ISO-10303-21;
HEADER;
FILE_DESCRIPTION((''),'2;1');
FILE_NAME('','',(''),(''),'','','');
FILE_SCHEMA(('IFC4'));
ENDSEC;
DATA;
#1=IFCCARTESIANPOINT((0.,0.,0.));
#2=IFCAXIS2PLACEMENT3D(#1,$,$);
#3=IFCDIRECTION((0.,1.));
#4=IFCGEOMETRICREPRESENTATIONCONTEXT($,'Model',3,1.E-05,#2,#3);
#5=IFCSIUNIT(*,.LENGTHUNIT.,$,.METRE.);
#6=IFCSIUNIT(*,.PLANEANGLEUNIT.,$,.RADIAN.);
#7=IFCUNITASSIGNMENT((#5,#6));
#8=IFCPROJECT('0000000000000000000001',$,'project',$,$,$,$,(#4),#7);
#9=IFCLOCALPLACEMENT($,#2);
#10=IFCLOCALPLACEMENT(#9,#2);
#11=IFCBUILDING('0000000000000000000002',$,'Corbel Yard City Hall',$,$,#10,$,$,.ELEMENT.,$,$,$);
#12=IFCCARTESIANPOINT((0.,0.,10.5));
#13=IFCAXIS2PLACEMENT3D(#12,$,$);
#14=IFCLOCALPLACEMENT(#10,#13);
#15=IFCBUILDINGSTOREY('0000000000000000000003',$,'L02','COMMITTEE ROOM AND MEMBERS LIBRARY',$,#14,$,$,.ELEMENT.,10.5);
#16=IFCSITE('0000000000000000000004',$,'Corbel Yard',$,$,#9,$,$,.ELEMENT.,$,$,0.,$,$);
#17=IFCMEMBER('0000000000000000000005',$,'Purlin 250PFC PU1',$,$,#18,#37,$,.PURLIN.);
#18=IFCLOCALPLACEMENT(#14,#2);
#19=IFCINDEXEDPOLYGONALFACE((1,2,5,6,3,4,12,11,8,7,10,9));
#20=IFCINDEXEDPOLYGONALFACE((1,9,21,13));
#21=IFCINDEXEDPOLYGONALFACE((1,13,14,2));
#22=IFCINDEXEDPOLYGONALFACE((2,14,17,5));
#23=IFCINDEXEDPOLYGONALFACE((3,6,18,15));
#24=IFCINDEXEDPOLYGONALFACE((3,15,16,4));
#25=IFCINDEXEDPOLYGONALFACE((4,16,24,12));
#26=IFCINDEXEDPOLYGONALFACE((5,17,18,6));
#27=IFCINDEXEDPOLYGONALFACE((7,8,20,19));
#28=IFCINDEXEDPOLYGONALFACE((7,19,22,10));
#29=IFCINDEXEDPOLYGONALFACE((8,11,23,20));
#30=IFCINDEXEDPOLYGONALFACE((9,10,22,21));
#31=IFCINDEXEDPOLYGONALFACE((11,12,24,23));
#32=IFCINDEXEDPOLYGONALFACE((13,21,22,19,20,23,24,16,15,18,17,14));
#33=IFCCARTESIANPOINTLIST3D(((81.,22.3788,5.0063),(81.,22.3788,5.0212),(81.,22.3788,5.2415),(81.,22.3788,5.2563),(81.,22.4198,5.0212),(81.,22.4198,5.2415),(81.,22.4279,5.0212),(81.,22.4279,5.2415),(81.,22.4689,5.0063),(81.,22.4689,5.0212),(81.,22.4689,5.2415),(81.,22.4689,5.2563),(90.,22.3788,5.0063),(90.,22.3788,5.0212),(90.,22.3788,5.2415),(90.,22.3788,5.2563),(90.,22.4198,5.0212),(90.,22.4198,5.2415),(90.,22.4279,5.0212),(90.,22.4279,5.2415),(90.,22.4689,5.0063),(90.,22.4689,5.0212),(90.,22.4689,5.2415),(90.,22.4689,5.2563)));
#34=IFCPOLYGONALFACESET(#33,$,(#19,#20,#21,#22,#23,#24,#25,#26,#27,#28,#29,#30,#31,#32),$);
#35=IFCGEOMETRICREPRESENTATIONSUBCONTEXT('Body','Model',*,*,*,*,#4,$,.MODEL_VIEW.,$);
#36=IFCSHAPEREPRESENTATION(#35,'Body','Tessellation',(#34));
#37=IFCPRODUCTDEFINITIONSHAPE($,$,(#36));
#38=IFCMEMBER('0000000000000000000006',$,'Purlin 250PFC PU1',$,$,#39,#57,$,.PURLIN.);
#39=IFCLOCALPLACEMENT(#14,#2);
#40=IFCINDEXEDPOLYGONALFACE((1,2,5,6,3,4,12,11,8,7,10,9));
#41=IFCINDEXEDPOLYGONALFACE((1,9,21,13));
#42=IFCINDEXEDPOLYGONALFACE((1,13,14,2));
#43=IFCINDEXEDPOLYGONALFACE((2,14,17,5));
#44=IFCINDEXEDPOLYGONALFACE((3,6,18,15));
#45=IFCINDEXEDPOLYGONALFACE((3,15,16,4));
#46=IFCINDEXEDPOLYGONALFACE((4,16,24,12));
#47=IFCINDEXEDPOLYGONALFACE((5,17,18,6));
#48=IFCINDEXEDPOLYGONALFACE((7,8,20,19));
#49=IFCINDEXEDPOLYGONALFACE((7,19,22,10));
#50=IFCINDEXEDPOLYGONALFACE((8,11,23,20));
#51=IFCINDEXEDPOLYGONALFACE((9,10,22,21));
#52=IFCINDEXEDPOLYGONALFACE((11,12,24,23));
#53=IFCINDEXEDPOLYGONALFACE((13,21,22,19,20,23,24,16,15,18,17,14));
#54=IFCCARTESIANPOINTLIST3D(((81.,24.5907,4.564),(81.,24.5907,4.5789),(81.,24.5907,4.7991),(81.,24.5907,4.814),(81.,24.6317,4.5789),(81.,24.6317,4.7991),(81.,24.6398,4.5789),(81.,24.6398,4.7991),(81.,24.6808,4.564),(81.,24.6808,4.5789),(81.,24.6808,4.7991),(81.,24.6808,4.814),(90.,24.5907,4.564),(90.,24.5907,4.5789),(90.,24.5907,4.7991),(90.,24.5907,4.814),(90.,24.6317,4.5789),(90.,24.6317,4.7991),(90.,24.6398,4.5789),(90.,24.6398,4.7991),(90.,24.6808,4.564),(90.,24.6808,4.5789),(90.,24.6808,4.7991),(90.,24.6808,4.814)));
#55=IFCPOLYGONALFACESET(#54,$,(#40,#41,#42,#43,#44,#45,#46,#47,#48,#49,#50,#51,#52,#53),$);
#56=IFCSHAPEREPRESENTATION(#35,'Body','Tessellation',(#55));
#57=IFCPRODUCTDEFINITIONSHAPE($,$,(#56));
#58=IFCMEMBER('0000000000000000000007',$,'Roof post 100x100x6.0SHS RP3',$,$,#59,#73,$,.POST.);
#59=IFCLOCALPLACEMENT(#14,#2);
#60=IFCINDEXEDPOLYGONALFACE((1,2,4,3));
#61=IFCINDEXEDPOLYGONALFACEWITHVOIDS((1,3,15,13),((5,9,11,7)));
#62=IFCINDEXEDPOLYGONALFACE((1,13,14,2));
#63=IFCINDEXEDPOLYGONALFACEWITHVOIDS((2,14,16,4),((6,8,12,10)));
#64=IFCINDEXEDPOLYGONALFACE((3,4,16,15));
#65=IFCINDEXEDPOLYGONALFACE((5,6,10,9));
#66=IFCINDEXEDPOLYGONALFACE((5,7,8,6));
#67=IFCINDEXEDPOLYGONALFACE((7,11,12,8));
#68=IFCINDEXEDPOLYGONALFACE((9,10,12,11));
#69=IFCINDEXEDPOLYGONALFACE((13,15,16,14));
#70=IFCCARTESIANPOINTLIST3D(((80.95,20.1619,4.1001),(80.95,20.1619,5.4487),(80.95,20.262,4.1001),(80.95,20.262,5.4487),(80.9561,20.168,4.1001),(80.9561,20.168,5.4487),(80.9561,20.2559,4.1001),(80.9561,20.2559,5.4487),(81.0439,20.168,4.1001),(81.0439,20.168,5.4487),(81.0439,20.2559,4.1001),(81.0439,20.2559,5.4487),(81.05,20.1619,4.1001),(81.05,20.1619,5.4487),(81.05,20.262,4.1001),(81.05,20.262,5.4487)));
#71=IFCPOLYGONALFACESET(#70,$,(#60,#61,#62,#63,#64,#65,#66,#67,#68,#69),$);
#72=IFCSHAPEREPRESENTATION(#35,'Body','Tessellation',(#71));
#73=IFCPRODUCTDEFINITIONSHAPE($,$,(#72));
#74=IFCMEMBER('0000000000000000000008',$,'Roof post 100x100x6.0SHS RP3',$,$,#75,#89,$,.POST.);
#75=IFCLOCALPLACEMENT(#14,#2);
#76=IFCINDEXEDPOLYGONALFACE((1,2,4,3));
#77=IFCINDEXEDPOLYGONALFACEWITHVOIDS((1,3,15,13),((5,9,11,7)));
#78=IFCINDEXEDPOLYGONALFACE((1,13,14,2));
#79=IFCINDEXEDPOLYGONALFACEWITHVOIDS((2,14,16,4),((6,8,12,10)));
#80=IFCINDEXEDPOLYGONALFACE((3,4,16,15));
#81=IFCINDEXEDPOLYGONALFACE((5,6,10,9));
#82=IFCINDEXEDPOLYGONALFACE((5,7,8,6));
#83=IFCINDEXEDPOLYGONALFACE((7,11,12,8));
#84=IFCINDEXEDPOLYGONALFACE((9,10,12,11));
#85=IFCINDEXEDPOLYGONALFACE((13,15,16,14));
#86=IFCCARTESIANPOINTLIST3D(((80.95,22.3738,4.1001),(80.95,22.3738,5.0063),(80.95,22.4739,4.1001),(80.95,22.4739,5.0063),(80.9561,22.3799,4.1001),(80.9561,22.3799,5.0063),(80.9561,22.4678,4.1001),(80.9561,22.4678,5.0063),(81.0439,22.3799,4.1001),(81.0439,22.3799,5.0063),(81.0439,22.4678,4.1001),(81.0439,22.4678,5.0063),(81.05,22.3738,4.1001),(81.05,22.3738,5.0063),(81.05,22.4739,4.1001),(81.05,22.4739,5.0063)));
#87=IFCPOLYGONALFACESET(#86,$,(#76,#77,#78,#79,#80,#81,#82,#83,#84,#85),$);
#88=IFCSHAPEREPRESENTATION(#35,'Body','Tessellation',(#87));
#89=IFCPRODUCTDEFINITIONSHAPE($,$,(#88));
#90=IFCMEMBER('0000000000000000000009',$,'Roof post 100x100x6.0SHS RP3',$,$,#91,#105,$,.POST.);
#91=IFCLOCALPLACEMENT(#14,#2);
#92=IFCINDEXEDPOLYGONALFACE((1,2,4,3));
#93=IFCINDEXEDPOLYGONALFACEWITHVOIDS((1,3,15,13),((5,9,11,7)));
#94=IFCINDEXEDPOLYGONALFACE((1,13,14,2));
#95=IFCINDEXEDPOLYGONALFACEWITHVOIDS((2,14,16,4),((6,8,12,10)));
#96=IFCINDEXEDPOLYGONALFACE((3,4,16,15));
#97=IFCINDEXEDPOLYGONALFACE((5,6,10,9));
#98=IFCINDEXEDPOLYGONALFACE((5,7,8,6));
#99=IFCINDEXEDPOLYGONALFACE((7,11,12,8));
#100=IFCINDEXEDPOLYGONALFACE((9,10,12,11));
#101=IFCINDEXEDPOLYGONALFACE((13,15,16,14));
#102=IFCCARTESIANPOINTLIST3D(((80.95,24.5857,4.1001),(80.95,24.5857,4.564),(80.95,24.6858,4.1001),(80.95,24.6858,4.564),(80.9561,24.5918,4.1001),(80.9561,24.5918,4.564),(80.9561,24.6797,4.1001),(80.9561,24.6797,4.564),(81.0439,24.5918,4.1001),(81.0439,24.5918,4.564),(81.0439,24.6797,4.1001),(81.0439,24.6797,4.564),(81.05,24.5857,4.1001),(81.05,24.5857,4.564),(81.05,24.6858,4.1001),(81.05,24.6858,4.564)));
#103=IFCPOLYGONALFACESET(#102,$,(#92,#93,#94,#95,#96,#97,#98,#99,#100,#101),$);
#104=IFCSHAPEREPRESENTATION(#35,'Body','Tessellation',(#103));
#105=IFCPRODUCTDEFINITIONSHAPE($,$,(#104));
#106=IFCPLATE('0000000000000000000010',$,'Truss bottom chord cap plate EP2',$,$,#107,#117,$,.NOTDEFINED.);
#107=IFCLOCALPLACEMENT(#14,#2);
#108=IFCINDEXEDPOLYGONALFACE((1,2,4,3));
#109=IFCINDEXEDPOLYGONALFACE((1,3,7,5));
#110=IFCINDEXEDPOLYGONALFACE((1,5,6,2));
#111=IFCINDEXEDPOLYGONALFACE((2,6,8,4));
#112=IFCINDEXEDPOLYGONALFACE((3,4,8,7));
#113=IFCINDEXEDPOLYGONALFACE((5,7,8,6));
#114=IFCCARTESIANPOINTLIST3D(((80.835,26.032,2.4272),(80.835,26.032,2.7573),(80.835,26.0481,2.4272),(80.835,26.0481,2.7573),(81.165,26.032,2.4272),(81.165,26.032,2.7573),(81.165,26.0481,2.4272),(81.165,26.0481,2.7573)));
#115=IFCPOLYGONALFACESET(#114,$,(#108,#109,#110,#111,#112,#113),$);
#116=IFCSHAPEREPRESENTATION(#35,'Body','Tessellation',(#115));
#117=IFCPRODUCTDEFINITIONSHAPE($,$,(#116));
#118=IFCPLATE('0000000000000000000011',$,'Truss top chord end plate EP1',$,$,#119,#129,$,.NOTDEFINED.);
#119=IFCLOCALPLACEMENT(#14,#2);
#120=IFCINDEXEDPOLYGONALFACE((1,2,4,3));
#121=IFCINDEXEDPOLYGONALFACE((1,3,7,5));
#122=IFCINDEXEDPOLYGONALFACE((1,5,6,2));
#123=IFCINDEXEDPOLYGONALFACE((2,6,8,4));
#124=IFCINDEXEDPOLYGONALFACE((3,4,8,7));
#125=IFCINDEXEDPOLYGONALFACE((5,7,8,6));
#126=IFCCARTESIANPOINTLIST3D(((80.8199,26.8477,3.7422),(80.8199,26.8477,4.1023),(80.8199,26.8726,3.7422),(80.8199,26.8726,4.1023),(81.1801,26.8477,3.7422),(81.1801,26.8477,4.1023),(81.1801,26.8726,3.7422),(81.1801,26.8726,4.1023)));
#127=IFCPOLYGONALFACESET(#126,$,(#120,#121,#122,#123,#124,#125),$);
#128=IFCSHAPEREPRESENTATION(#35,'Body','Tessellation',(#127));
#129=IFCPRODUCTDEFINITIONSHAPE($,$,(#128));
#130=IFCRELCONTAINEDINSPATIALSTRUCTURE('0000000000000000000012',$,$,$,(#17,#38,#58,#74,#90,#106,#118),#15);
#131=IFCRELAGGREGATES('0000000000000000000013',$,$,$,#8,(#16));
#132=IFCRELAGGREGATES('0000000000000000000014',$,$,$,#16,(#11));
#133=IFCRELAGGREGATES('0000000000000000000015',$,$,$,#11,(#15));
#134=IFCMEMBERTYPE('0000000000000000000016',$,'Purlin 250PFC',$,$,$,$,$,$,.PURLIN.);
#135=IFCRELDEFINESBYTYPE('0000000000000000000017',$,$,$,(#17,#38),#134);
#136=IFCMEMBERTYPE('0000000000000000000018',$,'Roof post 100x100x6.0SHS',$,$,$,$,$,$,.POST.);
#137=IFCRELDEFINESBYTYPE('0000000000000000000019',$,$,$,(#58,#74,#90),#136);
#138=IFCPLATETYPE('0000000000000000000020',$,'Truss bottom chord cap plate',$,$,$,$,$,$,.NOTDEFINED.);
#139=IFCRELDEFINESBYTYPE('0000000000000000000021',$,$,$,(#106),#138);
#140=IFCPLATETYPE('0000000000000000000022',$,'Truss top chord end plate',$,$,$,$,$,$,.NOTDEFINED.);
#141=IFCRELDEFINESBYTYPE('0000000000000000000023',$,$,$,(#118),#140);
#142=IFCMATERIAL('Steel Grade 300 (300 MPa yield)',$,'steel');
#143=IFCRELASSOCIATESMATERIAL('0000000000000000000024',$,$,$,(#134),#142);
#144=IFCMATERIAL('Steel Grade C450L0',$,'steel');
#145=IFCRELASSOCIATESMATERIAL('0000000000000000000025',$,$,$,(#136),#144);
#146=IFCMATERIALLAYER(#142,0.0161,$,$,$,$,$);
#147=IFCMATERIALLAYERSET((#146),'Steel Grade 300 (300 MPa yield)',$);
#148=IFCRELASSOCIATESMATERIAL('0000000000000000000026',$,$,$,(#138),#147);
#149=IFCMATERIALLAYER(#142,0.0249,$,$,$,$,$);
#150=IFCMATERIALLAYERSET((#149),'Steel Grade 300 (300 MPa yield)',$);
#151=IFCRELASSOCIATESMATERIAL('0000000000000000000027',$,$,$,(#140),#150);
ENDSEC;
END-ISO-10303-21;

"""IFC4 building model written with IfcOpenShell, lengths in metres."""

from ifc_helpers import new_model, si_unit, direction, frame, origin, origin_2d, place, context, subcontext, project, spatial, rectangle, hollow_rectangle, i_section, extrude, material, layer, layer_set, material_profile, profile_set, type_object, element, save


model = new_model("IFC4")

# Units and contexts
model_context = context("Model", 3, precision=1e-05, world=origin(), true_north=direction((0.0, 1.0)))
body_context = subcontext(model_context, "Body", "Model", "MODEL_VIEW")
ifc_project = project(units=[si_unit("LENGTHUNIT", "METRE"), si_unit("PLANEANGLEUNIT", "RADIAN")], contexts=[model_context])

# Site, building, storey
site_placement = place(None, origin())
site = spatial("IfcSite", under=ifc_project, at=site_placement, Name="Corbel Yard", CompositionType="ELEMENT", RefElevation=0.0)
building_placement = place(site_placement, origin())
building = spatial("IfcBuilding", under=site, at=building_placement, Name="Corbel Yard City Hall", CompositionType="ELEMENT")
storey_placement = place(building_placement, frame((0.0, 0.0, 10.5)))
storey = spatial("IfcBuildingStorey", under=building, at=storey_placement, Name="L02", Description="COMMITTEE ROOM AND MEMBERS LIBRARY", CompositionType="ELEMENT", Elevation=10.5)

# Members
ifc_material_1 = material(Name="Steel Grade 300 (300 MPa yield)", Category="steel")
ifc_material_profile_1 = material_profile(ifc_material_1, i_section(OverallWidth=0.0901, OverallDepth=0.25, WebThickness=0.0081, FlangeThickness=0.0149, at=origin_2d()), Name="250PFC")
ifc_profile_set_1 = profile_set([ifc_material_profile_1], Name="Steel Grade 300 (300 MPa yield)")
member_type_1 = type_object("IfcMemberType", Name="Purlin 250PFC", PredefinedType="PURLIN", material=ifc_profile_set_1)
for number, where, z_axis, x_axis, name in (
    (1, (81.0, 22.4238, 5.1313), (1.0, 0.0, 0.0), (0.0, 1.0, 0.0), "Purlin 250PFC PU1"),
    (2, (81.0, 24.6357, 4.689), (1.0, 0.0, 0.0), (0.0, 1.0, 0.0), "Purlin 250PFC PU1"),
):
    element("IfcMember", number, at=place(storey_placement, frame(where, z_axis=z_axis, x_axis=x_axis)), inside=storey, type_object=member_type_1, Name=name, PredefinedType="PURLIN", context=body_context, shape_type="SweptSolid", body=[
        extrude(i_section(OverallWidth=0.0901, OverallDepth=0.25, WebThickness=0.0081, FlangeThickness=0.0149, at=origin_2d()), origin(), (0.0, 0.0, 1.0), 9.0),
    ])
ifc_material_2 = material(Name="Steel Grade C450L0", Category="steel")
ifc_material_profile_2 = material_profile(ifc_material_2, hollow_rectangle(XDim=0.1001, YDim=0.1001, WallThickness=0.0061, at=origin_2d()), Name="100x100x6.0SHS")
ifc_profile_set_2 = profile_set([ifc_material_profile_2], Name="Steel Grade C450L0")
member_type_2 = type_object("IfcMemberType", Name="Roof post 100x100x6.0SHS", PredefinedType="POST", material=ifc_profile_set_2)
member_1_placement = place(storey_placement, frame((81.0, 20.2119, 4.1001), z_axis=(0.0, 0.0, 1.0), x_axis=(1.0, 0.0, 0.0)))
element("IfcMember", 3, at=member_1_placement, inside=storey, type_object=member_type_2, Name="Roof post 100x100x6.0SHS RP3", PredefinedType="POST", context=body_context, shape_type="SweptSolid", body=[
    extrude(hollow_rectangle(XDim=0.1001, YDim=0.1001, WallThickness=0.0061, at=origin_2d()), origin(), (0.0, 0.0, 1.0), 1.3486),
])
member_2_placement = place(storey_placement, frame((81.0, 22.4238, 4.1001), z_axis=(0.0, 0.0, 1.0), x_axis=(1.0, 0.0, 0.0)))
element("IfcMember", 4, at=member_2_placement, inside=storey, type_object=member_type_2, Name="Roof post 100x100x6.0SHS RP3", PredefinedType="POST", context=body_context, shape_type="SweptSolid", body=[
    extrude(hollow_rectangle(XDim=0.1001, YDim=0.1001, WallThickness=0.0061, at=origin_2d()), origin(), (0.0, 0.0, 1.0), 0.9062),
])
member_3_placement = place(storey_placement, frame((81.0, 24.6357, 4.1001), z_axis=(0.0, 0.0, 1.0), x_axis=(1.0, 0.0, 0.0)))
element("IfcMember", 5, at=member_3_placement, inside=storey, type_object=member_type_2, Name="Roof post 100x100x6.0SHS RP3", PredefinedType="POST", context=body_context, shape_type="SweptSolid", body=[
    extrude(hollow_rectangle(XDim=0.1001, YDim=0.1001, WallThickness=0.0061, at=origin_2d()), origin(), (0.0, 0.0, 1.0), 0.4639),
])

# Plates
ifc_layer_1 = layer(ifc_material_1, 0.0161)
ifc_layer_set_1 = layer_set([ifc_layer_1], Name="Steel Grade 300 (300 MPa yield)")
plate_type_1 = type_object("IfcPlateType", Name="Truss bottom chord cap plate", PredefinedType="NOTDEFINED", material=ifc_layer_set_1)
plate_1_placement = place(storey_placement, frame((81.0, 26.04, 2.4272), z_axis=(0.0, 0.0, 1.0), x_axis=(1.0, 0.0, 0.0)))
element("IfcPlate", 6, at=plate_1_placement, inside=storey, type_object=plate_type_1, Name="Truss bottom chord cap plate EP2", PredefinedType="NOTDEFINED", context=body_context, shape_type="SweptSolid", body=[
    extrude(rectangle(XDim=0.3301, YDim=0.0161, at=origin_2d()), origin(), (0.0, 0.0, 1.0), 0.3301),
])
ifc_layer_2 = layer(ifc_material_1, 0.0249)
ifc_layer_set_2 = layer_set([ifc_layer_2], Name="Steel Grade 300 (300 MPa yield)")
plate_type_2 = type_object("IfcPlateType", Name="Truss top chord end plate", PredefinedType="NOTDEFINED", material=ifc_layer_set_2)
plate_2_placement = place(storey_placement, frame((81.0, 26.8601, 3.7422), z_axis=(0.0, 0.0, 1.0), x_axis=(1.0, 0.0, 0.0)))
element("IfcPlate", 7, at=plate_2_placement, inside=storey, type_object=plate_type_2, Name="Truss top chord end plate EP1", PredefinedType="NOTDEFINED", context=body_context, shape_type="SweptSolid", body=[
    extrude(rectangle(XDim=0.3601, YDim=0.0249, at=origin_2d()), origin(), (0.0, 0.0, 1.0), 0.3601),
])

save(model, "model.ifc")
